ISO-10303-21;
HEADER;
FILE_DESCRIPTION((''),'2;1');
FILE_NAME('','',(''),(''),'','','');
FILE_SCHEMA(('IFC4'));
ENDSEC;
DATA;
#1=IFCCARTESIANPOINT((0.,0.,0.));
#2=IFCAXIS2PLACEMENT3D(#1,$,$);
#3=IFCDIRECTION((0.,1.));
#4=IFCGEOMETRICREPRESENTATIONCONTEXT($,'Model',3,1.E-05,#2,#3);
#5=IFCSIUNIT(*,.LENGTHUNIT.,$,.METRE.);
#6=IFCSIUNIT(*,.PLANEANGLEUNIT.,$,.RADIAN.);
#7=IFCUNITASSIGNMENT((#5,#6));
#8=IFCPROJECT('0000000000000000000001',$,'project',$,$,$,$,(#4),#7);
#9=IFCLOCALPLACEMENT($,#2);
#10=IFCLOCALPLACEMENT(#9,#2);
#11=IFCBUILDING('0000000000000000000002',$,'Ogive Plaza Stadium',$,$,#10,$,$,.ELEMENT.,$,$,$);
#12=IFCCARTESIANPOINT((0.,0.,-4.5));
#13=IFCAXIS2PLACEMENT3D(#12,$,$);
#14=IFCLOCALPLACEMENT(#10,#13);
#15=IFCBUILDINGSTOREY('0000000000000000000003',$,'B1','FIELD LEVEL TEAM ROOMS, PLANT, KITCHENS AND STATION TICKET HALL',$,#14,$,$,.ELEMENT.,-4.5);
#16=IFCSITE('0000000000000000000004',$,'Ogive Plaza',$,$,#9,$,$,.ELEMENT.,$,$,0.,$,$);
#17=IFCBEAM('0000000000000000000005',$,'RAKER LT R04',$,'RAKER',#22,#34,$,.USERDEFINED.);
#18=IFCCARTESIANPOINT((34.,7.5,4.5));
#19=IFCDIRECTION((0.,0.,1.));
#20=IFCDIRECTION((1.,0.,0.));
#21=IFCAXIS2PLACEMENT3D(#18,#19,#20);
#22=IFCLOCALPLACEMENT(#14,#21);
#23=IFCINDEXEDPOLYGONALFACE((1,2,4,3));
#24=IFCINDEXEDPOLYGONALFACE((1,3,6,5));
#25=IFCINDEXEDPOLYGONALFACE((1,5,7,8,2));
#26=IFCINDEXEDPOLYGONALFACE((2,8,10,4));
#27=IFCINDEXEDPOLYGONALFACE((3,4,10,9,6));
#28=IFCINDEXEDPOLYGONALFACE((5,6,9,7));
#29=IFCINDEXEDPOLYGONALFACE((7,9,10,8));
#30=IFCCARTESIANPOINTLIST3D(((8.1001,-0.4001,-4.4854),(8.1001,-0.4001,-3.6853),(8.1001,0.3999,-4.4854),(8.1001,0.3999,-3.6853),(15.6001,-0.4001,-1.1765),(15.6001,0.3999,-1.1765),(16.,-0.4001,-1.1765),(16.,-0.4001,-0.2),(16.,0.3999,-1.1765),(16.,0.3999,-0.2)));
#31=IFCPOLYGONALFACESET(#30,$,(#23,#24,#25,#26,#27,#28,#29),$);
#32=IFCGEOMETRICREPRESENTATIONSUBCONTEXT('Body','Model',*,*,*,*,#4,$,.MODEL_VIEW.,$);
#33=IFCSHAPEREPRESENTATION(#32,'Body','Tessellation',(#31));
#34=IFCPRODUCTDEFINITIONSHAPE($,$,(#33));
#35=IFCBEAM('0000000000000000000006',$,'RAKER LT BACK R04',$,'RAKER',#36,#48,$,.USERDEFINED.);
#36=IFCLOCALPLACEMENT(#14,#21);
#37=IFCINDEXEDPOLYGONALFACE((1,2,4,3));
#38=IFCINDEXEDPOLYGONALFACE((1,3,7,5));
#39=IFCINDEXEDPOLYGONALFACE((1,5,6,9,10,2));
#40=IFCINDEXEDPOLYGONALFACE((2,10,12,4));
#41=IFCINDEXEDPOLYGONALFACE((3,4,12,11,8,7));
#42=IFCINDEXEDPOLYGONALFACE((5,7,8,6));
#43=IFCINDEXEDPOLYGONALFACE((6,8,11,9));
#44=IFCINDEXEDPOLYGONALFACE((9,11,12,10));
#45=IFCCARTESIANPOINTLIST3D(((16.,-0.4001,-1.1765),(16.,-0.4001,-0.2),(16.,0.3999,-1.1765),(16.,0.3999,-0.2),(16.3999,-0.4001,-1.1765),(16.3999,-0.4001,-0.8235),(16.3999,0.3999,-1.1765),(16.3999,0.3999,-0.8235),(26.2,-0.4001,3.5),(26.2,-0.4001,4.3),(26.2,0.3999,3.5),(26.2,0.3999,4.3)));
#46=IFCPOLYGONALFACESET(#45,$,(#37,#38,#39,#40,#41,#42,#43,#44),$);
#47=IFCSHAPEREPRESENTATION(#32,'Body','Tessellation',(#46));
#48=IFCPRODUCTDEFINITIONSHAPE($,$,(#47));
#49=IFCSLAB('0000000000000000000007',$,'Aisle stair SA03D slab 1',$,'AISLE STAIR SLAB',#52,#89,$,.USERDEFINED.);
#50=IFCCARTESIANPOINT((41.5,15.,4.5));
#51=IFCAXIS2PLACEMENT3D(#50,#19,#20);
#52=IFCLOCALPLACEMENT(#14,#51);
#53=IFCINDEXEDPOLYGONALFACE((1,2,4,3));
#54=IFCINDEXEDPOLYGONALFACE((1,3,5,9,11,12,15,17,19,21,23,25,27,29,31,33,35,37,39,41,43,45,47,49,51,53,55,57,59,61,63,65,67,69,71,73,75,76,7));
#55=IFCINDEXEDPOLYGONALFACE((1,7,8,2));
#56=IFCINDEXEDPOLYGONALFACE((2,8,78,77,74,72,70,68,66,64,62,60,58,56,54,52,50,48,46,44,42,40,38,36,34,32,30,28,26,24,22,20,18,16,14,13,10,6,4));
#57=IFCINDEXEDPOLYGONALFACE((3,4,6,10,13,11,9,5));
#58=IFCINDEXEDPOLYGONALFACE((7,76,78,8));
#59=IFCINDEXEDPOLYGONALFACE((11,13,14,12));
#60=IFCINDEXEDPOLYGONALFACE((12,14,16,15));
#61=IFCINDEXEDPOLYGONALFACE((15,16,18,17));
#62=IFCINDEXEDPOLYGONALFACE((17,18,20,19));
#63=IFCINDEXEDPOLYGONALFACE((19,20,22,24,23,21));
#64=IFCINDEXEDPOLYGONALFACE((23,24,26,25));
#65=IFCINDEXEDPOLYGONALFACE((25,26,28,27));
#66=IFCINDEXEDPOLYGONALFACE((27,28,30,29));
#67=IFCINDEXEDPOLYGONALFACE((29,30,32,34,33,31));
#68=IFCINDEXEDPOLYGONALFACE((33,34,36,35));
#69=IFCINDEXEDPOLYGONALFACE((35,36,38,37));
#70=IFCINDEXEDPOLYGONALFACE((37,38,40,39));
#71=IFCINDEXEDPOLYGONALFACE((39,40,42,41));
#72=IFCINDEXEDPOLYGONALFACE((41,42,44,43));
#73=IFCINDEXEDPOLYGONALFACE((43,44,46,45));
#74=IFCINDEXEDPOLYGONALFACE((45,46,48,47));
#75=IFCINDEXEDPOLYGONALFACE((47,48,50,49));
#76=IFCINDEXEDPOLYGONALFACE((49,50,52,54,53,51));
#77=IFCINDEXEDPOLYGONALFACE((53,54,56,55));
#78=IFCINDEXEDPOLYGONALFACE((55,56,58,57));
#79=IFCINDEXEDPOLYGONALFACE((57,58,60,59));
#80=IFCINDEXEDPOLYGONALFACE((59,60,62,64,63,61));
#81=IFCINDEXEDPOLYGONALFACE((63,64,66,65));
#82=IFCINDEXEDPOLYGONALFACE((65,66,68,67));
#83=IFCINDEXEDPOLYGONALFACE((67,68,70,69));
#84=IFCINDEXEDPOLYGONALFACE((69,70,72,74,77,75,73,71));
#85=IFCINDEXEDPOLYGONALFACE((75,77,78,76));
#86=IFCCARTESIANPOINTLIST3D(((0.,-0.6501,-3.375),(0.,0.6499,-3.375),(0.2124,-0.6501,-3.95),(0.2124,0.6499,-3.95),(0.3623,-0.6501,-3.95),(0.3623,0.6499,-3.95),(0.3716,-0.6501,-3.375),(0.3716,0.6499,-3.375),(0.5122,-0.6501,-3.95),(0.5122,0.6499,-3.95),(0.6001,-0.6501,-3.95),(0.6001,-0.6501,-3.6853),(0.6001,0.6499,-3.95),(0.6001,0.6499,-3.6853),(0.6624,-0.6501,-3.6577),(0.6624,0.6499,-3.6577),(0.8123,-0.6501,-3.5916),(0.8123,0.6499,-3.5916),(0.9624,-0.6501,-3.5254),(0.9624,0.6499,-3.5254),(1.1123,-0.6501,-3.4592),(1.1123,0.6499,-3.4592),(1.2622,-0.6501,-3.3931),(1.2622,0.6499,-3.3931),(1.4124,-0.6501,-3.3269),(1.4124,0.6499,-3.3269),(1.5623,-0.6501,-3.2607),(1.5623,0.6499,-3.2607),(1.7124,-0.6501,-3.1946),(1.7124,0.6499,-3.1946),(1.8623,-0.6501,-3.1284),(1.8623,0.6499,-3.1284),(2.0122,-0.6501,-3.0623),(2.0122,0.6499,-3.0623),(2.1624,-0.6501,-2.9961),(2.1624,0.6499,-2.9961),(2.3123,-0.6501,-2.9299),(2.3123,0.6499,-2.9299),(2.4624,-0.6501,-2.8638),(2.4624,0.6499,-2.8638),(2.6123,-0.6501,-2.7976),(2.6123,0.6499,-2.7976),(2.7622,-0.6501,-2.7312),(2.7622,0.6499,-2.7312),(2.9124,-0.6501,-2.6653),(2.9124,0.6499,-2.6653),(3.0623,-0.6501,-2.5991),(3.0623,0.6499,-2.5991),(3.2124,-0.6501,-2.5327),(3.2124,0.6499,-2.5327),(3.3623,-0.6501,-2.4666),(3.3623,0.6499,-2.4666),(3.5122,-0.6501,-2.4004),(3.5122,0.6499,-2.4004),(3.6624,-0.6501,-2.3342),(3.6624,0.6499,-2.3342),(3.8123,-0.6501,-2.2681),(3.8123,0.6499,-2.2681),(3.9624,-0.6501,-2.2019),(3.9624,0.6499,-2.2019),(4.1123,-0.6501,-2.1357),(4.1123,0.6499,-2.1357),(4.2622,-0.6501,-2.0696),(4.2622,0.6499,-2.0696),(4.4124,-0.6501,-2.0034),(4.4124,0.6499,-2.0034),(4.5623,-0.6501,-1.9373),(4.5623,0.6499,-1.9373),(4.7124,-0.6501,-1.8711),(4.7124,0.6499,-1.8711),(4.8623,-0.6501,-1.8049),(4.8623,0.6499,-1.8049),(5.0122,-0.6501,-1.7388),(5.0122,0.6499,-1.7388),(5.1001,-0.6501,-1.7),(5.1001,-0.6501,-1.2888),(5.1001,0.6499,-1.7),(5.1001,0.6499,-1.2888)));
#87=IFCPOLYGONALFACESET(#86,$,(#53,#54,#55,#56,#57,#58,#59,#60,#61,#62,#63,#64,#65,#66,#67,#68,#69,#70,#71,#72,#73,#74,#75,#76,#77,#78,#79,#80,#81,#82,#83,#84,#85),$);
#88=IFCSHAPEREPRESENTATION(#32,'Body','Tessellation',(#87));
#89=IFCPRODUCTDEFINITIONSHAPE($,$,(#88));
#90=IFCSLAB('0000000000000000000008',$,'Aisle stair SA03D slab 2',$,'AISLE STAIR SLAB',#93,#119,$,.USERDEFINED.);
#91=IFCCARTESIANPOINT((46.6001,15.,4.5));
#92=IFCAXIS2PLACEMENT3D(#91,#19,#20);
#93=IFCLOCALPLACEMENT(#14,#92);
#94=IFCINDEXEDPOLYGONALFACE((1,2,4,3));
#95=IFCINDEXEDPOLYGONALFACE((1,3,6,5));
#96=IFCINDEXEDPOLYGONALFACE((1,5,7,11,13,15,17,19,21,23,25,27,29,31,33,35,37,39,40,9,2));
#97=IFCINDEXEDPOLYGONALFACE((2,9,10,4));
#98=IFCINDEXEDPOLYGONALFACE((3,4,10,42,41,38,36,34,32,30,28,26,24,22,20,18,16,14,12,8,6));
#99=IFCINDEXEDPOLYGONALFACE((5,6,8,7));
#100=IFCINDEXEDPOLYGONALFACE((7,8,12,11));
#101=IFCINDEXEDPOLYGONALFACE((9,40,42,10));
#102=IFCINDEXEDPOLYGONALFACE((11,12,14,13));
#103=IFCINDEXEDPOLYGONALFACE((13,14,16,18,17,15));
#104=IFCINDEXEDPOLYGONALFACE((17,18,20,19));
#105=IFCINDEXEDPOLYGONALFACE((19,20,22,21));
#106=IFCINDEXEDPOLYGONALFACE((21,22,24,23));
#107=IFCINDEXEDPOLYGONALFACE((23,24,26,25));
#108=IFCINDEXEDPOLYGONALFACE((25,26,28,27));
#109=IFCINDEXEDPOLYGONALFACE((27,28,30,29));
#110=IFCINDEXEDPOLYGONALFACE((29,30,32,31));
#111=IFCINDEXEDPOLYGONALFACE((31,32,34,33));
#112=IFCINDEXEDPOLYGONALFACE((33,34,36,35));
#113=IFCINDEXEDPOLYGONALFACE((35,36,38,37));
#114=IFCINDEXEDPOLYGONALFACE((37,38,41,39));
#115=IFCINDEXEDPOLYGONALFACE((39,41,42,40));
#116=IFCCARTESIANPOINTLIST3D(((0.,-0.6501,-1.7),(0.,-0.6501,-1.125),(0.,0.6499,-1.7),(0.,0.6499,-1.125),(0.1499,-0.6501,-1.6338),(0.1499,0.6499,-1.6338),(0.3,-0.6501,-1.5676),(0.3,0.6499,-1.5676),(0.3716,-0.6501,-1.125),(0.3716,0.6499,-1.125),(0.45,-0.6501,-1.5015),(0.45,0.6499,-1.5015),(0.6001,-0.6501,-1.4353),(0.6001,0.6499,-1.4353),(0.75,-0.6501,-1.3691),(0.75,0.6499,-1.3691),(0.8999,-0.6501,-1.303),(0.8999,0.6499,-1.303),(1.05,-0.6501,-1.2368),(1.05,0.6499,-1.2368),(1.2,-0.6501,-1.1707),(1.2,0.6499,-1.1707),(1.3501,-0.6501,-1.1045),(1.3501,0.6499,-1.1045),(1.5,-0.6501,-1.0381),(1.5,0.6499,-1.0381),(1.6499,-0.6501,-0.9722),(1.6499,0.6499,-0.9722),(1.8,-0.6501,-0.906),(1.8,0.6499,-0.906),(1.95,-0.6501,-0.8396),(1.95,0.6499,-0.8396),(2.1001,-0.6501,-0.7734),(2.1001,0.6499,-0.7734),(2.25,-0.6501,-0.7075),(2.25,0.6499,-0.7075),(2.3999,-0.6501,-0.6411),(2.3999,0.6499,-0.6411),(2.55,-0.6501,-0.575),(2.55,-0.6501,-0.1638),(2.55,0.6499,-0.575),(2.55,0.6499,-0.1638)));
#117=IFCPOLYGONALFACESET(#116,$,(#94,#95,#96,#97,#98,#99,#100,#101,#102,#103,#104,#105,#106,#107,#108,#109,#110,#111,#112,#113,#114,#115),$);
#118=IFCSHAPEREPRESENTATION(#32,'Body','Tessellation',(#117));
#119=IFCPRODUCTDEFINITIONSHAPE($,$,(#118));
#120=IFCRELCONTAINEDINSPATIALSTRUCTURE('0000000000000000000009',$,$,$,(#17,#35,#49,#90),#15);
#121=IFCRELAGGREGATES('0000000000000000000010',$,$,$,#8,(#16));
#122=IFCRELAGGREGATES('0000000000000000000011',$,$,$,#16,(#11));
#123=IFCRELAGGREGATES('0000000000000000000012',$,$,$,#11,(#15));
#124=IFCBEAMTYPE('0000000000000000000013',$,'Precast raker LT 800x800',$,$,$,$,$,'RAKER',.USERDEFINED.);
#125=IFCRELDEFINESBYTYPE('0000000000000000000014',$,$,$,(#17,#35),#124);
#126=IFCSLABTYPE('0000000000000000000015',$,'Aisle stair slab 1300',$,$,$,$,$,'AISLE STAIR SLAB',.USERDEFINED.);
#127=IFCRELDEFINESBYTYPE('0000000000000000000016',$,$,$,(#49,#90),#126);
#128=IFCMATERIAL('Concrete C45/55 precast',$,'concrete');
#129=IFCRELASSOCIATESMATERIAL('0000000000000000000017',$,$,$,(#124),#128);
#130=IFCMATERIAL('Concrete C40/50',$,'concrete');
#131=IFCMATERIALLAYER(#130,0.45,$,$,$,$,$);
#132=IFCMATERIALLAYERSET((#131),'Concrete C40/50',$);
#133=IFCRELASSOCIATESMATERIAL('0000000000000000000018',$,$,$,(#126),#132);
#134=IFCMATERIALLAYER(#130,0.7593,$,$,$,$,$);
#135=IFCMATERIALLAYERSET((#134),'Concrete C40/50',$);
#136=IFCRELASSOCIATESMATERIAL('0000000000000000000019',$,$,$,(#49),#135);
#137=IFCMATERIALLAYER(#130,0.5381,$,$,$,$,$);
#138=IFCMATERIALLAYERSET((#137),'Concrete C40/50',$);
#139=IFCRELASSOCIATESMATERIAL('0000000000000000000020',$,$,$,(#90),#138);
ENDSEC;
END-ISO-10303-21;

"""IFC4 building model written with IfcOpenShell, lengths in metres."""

from ifc_helpers import new_model, si_unit, direction, frame, origin, origin_2d, place, context, subcontext, project, spatial, polyline, rectangle, outline, extrude, material, layer, layer_set, material_profile, profile_set, type_object, element, save


model = new_model("IFC4")

# Units and contexts
model_context = context("Model", 3, precision=1e-05, world=origin(), true_north=direction((0.0, 1.0)))
body_context = subcontext(model_context, "Body", "Model", "MODEL_VIEW")
ifc_project = project(units=[si_unit("LENGTHUNIT", "METRE"), si_unit("PLANEANGLEUNIT", "RADIAN")], contexts=[model_context])

# Site, building, storey
site_placement = place(None, origin())
site = spatial("IfcSite", under=ifc_project, at=site_placement, Name="Ogive Plaza", CompositionType="ELEMENT", RefElevation=0.0)
building_placement = place(site_placement, origin())
building = spatial("IfcBuilding", under=site, at=building_placement, Name="Ogive Plaza Stadium", CompositionType="ELEMENT")
storey_placement = place(building_placement, frame((0.0, 0.0, -4.5)))
storey = spatial("IfcBuildingStorey", under=building, at=storey_placement, Name="B1", Description="FIELD LEVEL TEAM ROOMS, PLANT, KITCHENS AND STATION TICKET HALL", CompositionType="ELEMENT", Elevation=-4.5)

# Beams
ifc_material_1 = material(Name="Concrete C45/55 precast", Category="concrete")
ifc_material_profile_1 = material_profile(ifc_material_1, rectangle(XDim=0.8, YDim=0.8, at=origin_2d()), Name="RC 800x800")
ifc_profile_set_1 = profile_set([ifc_material_profile_1], Name="Concrete C45/55 precast")
beam_type = type_object("IfcBeamType", Name="Precast raker LT 800x800", ElementType="RAKER", PredefinedType="USERDEFINED", material=ifc_profile_set_1)
beam_1_placement = place(storey_placement, frame((34.0, 7.5, 4.5), z_axis=(0.0, 0.0, 1.0), x_axis=(1.0, 0.0, 0.0)))
element("IfcBeam", 1, at=beam_1_placement, inside=storey, type_object=beam_type, Name="RAKER LT R04", ObjectType="RAKER", PredefinedType="USERDEFINED", context=body_context, shape_type="SweptSolid", body=[
    extrude(outline(polyline([(8.1001, -4.4854), (15.6001, -1.1765), (16.0, -1.1765), (16.0, -0.2), (8.1001, -3.6853), (8.1001, -4.4854)])), frame((0.0, 0.3999, 0.0), z_axis=(0.0, -1.0, 0.0), x_axis=(1.0, 0.0, 0.0)), (0.0, 0.0, 1.0), 0.8),
])
beam_2_placement = place(storey_placement, frame((34.0, 7.5, 4.5), z_axis=(0.0, 0.0, 1.0), x_axis=(1.0, 0.0, 0.0)))
element("IfcBeam", 2, at=beam_2_placement, inside=storey, type_object=beam_type, Name="RAKER LT BACK R04", ObjectType="RAKER", PredefinedType="USERDEFINED", context=body_context, shape_type="SweptSolid", body=[
    extrude(outline(polyline([(16.0, -1.1765), (16.3999, -1.1765), (16.3999, -0.8235), (26.2, 3.5), (26.2, 4.3), (16.0, -0.2), (16.0, -1.1765)])), frame((0.0, 0.3999, 0.0), z_axis=(0.0, -1.0, 0.0), x_axis=(1.0, 0.0, 0.0)), (0.0, 0.0, 1.0), 0.8),
])

# Slabs
ifc_material_2 = material(Name="Concrete C40/50", Category="concrete")
ifc_layer_1 = layer(ifc_material_2, 0.7593)
ifc_layer_set_1 = layer_set([ifc_layer_1], Name="Concrete C40/50")
ifc_layer_2 = layer(ifc_material_2, 0.45)
ifc_layer_set_2 = layer_set([ifc_layer_2], Name="Concrete C40/50")
slab_type_1 = type_object("IfcSlabType", Name="Aisle stair slab 1300", ElementType="AISLE STAIR SLAB", PredefinedType="USERDEFINED", material=ifc_layer_set_2)
slab_1_placement = place(storey_placement, frame((41.5, 15.0, 4.5), z_axis=(0.0, 0.0, 1.0), x_axis=(1.0, 0.0, 0.0)))
element("IfcSlab", 3, at=slab_1_placement, inside=storey, type_object=slab_type_1, material=ifc_layer_set_1, Name="Aisle stair SA03D slab 1", ObjectType="AISLE STAIR SLAB", PredefinedType="USERDEFINED", context=body_context, shape_type="SweptSolid", body=[
    extrude(outline(polyline([(0.0, -3.375), (0.3716, -3.375), (5.1001, -1.2888), (5.1001, -1.7), (5.0122, -1.7388), (4.8623, -1.8049), (4.7124, -1.8711), (4.5623, -1.9373), (4.4124, -2.0034), (4.2622, -2.0696), (4.1123, -2.1357), (3.9624, -2.2019), (3.8123, -2.2681), (3.6624, -2.3342), (3.5122, -2.4004), (3.3623, -2.4666), (3.2124, -2.5327), (3.0623, -2.5991), (2.9124, -2.6653), (2.7622, -2.7312), (2.6123, -2.7976), (2.4624, -2.8638), (2.3123, -2.9299), (2.1624, -2.9961), (2.0122, -3.0623), (1.8623, -3.1284), (1.7124, -3.1946), (1.5623, -3.2607), (1.4124, -3.3269), (1.2622, -3.3931), (1.1123, -3.4592), (0.9624, -3.5254), (0.8123, -3.5916), (0.6624, -3.6577), (0.6001, -3.6853), (0.6001, -3.95), (0.5122, -3.95), (0.3623, -3.95), (0.2124, -3.95), (0.0, -3.375)])), frame((0.0, 0.6499, 0.0), z_axis=(0.0, -1.0, 0.0), x_axis=(1.0, 0.0, 0.0)), (0.0, 0.0, 1.0), 1.3),
])
ifc_layer_3 = layer(ifc_material_2, 0.5381)
ifc_layer_set_3 = layer_set([ifc_layer_3], Name="Concrete C40/50")
slab_2_placement = place(storey_placement, frame((46.6001, 15.0, 4.5), z_axis=(0.0, 0.0, 1.0), x_axis=(1.0, 0.0, 0.0)))
element("IfcSlab", 4, at=slab_2_placement, inside=storey, type_object=slab_type_1, material=ifc_layer_set_3, Name="Aisle stair SA03D slab 2", ObjectType="AISLE STAIR SLAB", PredefinedType="USERDEFINED", context=body_context, shape_type="SweptSolid", body=[
    extrude(outline(polyline([(0.0, -1.125), (0.3716, -1.125), (2.55, -0.1638), (2.55, -0.575), (2.3999, -0.6411), (2.25, -0.7075), (2.1001, -0.7734), (1.95, -0.8396), (1.8, -0.906), (1.6499, -0.9722), (1.5, -1.0381), (1.3501, -1.1045), (1.2, -1.1707), (1.05, -1.2368), (0.8999, -1.303), (0.75, -1.3691), (0.6001, -1.4353), (0.45, -1.5015), (0.3, -1.5676), (0.1499, -1.6338), (0.0, -1.7), (0.0, -1.125)])), frame((0.0, 0.6499, 0.0), z_axis=(0.0, -1.0, 0.0), x_axis=(1.0, 0.0, 0.0)), (0.0, 0.0, 1.0), 1.3),
])

save(model, "model.ifc")
